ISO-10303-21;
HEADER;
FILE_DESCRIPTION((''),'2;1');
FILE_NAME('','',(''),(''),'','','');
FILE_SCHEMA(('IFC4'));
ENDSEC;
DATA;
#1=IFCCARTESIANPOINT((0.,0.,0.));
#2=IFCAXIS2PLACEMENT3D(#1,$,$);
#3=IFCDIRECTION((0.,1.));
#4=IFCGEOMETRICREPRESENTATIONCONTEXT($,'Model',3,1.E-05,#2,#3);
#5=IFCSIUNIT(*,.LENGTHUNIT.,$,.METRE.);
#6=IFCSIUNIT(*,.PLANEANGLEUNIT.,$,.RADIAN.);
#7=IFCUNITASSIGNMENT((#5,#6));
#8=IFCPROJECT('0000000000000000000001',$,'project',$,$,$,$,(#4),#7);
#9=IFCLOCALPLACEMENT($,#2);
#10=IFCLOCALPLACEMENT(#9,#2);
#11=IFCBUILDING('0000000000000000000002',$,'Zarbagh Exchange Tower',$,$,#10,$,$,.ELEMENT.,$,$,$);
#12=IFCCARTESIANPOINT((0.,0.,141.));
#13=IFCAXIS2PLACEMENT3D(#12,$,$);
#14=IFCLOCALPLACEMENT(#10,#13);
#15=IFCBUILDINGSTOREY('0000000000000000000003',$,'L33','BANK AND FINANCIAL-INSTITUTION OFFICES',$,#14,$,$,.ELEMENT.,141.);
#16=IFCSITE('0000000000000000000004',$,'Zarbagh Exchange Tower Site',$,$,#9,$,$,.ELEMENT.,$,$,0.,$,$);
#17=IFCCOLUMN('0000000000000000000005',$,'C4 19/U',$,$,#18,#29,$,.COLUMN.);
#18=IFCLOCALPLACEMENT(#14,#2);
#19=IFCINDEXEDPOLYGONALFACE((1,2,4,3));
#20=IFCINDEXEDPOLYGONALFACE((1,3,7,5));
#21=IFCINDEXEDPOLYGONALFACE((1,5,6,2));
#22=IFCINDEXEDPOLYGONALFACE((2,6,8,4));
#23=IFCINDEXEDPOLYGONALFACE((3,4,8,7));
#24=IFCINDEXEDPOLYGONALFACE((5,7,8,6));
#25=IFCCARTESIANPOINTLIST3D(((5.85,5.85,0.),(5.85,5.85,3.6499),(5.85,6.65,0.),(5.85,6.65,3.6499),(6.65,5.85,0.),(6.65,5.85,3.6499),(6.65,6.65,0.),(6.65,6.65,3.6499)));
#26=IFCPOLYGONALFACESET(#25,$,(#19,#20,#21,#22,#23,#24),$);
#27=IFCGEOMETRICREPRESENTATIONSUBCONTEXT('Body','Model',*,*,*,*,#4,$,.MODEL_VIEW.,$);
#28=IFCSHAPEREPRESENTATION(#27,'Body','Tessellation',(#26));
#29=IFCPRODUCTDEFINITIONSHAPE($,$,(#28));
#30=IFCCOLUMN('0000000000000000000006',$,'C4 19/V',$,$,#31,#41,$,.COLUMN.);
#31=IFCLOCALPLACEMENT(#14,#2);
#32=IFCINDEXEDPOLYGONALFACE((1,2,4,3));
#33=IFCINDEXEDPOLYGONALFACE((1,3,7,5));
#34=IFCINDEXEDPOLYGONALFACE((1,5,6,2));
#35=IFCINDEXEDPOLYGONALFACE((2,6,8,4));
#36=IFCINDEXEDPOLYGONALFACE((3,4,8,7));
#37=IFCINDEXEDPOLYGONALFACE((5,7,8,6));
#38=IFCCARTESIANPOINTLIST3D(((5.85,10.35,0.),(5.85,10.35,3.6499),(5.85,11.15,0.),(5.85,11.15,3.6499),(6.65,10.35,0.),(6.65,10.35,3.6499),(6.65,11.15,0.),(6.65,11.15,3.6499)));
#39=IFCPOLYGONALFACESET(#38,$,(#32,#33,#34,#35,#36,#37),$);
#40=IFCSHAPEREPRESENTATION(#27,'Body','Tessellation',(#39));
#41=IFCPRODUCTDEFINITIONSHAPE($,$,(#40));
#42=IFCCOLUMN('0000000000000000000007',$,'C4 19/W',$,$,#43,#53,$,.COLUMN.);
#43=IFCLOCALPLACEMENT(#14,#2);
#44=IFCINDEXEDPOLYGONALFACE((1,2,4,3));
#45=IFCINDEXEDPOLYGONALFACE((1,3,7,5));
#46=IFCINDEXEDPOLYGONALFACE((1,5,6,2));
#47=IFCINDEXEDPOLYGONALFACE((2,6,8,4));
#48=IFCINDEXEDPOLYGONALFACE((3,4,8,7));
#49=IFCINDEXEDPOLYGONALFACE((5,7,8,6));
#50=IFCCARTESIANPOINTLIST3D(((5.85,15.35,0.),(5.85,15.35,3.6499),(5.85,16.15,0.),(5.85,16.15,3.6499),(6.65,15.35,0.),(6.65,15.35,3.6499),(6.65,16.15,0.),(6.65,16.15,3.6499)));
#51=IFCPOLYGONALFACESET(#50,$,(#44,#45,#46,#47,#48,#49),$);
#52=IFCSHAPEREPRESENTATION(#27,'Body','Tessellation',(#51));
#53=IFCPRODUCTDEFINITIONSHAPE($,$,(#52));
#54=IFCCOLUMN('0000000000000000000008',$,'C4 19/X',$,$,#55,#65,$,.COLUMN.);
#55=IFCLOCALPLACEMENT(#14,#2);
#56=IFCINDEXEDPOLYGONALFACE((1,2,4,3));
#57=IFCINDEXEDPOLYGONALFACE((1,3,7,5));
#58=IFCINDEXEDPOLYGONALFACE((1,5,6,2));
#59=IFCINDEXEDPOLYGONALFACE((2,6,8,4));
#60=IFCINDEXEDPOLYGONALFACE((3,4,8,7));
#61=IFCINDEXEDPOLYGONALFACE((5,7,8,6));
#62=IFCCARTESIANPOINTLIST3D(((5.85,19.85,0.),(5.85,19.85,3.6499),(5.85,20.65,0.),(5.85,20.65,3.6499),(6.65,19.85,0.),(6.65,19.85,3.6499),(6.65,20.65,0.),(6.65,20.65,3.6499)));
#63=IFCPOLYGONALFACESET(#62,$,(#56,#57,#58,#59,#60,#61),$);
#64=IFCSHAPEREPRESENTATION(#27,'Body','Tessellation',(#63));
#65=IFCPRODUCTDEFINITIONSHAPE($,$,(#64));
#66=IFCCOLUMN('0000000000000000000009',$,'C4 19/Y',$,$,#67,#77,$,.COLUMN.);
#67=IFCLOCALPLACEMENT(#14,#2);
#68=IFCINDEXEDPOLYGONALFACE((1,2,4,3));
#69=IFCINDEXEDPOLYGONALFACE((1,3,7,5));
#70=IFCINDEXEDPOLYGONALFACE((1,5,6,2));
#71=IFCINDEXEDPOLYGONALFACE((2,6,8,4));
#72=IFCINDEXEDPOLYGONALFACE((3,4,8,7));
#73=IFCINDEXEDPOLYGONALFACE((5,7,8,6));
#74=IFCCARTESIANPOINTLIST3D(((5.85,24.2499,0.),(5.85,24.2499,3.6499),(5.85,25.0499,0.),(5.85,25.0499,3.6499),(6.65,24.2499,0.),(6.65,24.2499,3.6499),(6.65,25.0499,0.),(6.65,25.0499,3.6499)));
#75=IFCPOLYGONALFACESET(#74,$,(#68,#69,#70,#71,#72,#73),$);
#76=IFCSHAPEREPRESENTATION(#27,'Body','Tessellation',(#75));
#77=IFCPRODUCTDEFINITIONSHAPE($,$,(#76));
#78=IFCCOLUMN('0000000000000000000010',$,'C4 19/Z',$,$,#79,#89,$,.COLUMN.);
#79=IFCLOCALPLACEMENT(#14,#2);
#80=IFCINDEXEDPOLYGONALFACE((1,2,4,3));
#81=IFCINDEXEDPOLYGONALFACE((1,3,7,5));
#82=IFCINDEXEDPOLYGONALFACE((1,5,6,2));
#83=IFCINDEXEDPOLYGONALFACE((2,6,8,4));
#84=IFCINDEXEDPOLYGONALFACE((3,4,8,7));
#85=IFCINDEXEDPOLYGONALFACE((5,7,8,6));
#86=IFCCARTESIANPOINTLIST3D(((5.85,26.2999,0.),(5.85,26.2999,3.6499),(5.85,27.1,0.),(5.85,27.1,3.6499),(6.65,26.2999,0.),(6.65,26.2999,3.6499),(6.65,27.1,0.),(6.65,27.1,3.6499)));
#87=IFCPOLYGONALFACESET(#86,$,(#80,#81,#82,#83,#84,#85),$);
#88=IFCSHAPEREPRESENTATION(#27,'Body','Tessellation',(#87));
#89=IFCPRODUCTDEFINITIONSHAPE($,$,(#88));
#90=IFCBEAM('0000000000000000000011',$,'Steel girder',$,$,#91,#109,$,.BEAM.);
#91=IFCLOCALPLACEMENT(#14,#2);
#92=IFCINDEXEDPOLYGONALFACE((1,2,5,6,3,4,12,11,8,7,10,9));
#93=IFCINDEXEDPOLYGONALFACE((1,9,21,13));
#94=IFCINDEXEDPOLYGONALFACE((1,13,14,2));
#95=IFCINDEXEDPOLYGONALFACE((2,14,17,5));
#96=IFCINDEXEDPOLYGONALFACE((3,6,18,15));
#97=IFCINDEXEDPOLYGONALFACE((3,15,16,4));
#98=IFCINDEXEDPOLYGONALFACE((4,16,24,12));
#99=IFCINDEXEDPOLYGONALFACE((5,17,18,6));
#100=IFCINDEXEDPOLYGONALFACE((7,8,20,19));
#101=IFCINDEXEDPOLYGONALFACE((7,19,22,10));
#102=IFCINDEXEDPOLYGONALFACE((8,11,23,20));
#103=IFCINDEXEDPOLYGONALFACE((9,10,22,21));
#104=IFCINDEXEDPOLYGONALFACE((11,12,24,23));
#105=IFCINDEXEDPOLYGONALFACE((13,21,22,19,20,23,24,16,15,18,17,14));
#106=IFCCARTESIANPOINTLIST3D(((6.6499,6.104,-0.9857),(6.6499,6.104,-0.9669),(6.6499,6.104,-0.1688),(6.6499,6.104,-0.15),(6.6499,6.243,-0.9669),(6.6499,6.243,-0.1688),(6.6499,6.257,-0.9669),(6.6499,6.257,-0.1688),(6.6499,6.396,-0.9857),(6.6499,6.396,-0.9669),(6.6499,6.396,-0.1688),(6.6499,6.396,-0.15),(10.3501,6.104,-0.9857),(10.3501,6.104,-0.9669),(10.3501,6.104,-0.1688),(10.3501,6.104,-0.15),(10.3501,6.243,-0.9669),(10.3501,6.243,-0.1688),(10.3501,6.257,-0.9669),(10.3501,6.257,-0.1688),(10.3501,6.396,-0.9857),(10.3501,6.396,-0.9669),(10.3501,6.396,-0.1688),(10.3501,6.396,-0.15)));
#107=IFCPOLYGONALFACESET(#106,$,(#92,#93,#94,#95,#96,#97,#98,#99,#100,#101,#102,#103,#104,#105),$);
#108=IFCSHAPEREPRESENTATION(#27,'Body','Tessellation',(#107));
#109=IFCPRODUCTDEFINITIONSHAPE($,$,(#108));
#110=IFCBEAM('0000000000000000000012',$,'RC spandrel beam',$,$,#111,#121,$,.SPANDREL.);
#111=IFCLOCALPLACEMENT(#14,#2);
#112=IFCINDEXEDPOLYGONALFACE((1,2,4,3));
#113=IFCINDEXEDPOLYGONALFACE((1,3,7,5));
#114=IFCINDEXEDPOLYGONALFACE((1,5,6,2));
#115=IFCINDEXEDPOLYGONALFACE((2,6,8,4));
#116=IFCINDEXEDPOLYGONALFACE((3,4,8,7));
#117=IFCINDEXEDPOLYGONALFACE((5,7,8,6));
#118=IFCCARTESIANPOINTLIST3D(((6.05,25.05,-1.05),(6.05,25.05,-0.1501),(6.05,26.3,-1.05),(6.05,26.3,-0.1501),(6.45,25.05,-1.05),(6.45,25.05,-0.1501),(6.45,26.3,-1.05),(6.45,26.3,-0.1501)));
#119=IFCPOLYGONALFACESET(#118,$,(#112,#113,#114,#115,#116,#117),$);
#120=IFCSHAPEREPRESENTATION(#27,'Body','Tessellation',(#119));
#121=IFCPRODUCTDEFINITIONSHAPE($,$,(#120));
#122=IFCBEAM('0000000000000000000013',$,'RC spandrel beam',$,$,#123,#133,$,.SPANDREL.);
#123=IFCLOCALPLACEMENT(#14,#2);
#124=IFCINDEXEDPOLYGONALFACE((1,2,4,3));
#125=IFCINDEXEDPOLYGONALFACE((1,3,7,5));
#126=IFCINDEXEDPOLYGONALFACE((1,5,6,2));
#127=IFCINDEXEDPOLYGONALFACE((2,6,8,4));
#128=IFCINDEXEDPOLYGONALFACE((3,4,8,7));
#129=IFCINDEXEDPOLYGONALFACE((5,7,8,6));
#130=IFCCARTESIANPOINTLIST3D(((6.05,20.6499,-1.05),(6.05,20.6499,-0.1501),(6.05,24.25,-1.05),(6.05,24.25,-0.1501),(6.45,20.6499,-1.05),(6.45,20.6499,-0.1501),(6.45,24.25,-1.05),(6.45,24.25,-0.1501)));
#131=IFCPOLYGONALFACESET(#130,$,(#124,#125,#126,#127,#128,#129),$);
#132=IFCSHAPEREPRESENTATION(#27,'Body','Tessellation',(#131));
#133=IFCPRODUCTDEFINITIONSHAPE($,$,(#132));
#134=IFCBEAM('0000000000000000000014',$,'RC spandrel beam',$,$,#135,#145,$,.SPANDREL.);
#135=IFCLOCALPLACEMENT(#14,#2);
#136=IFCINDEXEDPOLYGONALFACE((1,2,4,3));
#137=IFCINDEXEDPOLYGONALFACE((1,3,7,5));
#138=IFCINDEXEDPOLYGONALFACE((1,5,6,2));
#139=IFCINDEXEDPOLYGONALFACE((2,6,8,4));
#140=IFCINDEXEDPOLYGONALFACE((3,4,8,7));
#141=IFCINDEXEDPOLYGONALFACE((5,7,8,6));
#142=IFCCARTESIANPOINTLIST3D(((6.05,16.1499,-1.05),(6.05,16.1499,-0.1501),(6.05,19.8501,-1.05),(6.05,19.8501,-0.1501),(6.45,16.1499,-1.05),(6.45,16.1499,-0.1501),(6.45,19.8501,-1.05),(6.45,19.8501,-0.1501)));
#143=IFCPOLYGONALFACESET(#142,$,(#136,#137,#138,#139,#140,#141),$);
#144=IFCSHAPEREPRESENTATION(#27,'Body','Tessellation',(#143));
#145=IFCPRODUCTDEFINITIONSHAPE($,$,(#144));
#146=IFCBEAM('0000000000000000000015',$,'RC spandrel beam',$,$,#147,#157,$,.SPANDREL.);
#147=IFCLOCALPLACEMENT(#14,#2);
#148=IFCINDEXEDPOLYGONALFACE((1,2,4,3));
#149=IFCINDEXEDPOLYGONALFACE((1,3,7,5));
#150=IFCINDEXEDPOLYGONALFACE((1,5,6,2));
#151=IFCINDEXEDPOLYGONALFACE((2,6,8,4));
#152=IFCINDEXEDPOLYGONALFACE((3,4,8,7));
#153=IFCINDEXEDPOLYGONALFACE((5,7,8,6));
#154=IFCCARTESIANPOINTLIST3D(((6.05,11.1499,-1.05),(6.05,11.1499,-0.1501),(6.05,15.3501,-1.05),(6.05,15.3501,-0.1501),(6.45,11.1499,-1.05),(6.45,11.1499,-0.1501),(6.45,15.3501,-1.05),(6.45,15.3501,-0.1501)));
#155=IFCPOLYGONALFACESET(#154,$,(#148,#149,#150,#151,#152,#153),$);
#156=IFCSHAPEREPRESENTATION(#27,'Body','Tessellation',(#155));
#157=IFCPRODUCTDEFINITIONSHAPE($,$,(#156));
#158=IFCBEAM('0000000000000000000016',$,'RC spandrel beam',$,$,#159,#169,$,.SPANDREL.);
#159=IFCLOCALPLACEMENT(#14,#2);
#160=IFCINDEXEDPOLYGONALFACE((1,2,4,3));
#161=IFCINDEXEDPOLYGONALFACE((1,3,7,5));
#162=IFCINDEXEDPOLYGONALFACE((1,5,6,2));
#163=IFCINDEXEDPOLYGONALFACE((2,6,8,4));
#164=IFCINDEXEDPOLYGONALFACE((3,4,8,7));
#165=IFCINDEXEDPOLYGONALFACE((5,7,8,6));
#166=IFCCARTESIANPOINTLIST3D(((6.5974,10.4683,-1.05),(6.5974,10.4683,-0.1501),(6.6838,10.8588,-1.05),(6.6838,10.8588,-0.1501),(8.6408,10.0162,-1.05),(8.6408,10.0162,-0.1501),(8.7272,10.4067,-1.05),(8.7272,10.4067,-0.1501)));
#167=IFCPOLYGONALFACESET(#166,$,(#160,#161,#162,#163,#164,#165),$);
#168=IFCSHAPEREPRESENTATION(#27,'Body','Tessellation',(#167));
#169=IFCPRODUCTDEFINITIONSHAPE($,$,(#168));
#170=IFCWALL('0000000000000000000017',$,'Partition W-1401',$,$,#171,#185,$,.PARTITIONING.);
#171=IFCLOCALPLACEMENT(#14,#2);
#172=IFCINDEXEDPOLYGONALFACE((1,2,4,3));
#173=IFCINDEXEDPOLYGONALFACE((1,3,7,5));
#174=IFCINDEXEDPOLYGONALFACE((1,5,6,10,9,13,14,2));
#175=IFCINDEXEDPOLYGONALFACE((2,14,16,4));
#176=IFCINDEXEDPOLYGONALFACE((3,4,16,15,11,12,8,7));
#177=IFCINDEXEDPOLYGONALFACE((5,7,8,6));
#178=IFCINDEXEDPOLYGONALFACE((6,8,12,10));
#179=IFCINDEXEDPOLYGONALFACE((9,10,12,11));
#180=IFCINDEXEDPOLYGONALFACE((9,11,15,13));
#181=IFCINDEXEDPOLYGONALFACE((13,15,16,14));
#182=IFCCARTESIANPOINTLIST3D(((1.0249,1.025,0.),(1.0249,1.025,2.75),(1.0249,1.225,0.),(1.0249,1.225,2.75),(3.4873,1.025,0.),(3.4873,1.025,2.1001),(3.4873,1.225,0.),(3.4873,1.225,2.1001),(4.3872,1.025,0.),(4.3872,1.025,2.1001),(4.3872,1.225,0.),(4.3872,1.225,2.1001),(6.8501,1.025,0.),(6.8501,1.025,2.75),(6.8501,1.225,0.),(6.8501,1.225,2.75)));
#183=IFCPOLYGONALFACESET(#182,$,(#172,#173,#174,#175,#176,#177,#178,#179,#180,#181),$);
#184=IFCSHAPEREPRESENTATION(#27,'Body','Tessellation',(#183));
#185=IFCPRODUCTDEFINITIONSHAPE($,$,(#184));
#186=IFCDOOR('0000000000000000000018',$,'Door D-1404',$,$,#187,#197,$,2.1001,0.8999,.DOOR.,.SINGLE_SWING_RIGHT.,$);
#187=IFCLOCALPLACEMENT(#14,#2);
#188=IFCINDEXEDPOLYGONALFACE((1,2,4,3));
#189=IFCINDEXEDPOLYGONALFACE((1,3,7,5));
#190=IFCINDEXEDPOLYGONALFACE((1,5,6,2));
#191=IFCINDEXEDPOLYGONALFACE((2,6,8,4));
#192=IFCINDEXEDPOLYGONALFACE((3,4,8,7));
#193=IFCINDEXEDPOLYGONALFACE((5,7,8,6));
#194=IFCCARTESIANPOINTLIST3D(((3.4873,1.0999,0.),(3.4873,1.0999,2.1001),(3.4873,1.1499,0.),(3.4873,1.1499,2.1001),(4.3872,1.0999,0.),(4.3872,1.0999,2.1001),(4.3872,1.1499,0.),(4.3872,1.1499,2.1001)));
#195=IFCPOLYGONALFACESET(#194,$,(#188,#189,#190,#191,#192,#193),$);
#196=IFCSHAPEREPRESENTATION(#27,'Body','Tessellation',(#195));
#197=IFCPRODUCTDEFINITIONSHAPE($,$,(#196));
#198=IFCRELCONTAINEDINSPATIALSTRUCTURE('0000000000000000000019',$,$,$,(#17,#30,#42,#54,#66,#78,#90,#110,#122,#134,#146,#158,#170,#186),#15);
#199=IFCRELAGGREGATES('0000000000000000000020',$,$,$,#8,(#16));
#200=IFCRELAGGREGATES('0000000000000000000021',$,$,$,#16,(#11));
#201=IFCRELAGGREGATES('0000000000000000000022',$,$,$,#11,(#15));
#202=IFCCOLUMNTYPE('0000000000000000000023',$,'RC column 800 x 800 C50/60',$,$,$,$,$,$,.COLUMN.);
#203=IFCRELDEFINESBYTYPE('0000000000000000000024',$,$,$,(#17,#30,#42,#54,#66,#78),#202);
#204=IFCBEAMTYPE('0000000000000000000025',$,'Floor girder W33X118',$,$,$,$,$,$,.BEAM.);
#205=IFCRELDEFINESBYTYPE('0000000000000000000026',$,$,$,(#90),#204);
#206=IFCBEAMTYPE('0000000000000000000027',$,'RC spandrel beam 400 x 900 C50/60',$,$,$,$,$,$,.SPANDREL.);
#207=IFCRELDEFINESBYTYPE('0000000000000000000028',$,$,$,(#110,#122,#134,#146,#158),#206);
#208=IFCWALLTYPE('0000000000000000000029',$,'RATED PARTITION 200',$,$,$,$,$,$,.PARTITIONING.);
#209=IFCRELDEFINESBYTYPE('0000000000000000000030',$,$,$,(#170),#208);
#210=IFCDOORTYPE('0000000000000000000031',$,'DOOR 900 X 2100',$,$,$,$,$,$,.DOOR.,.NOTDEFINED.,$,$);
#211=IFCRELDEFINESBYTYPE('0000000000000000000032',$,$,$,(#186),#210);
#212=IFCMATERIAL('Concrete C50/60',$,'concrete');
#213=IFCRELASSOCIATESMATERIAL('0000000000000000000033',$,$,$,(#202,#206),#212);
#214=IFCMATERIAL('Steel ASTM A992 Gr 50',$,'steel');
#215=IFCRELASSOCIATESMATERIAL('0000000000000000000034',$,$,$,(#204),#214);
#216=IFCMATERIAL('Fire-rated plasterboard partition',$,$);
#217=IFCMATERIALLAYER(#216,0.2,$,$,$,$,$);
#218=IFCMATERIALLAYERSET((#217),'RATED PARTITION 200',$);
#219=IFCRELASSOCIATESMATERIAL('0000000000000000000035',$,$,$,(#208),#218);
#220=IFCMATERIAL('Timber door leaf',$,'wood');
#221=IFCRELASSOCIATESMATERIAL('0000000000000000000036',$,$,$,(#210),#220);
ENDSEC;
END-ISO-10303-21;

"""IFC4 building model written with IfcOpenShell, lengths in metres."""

from ifc_helpers import new_model, si_unit, direction, frame, frame_2d, origin, origin_2d, place, context, subcontext, project, spatial, rectangle, i_section, extrude, material, layer, layer_set, material_profile, profile_set, type_object, element, fill, save


model = new_model("IFC4")

# Units and contexts
model_context = context("Model", 3, precision=1e-05, world=origin(), true_north=direction((0.0, 1.0)))
body_context = subcontext(model_context, "Body", "Model", "MODEL_VIEW")
ifc_project = project(units=[si_unit("LENGTHUNIT", "METRE"), si_unit("PLANEANGLEUNIT", "RADIAN")], contexts=[model_context])

# Site, building, storey
site_placement = place(None, origin())
site = spatial("IfcSite", under=ifc_project, at=site_placement, Name="Zarbagh Exchange Tower Site", CompositionType="ELEMENT", RefElevation=0.0)
building_placement = place(site_placement, origin())
building = spatial("IfcBuilding", under=site, at=building_placement, Name="Zarbagh Exchange Tower", CompositionType="ELEMENT")
storey_placement = place(building_placement, frame((0.0, 0.0, 141.0)))
storey = spatial("IfcBuildingStorey", under=building, at=storey_placement, Name="L33", Description="BANK AND FINANCIAL-INSTITUTION OFFICES", CompositionType="ELEMENT", Elevation=141.0)

# Columns
ifc_material_1 = material(Name="Concrete C50/60", Category="concrete")
ifc_material_profile_1 = material_profile(ifc_material_1, rectangle(XDim=0.8, YDim=0.8, at=origin_2d()), Name="RC column 800 x 800 C50/60")
ifc_profile_set_1 = profile_set([ifc_material_profile_1], Name="Concrete C50/60")
column_type = type_object("IfcColumnType", Name="RC column 800 x 800 C50/60", PredefinedType="COLUMN", material=ifc_profile_set_1)
for number, where, z_axis, x_axis, name in (
    (1, (6.25, 6.25, 0.0), (0.0, 0.0, 1.0), (1.0, 0.0, 0.0), "C4 19/U"),
    (2, (6.25, 10.75, 0.0), (0.0, 0.0, 1.0), (1.0, 0.0, 0.0), "C4 19/V"),
    (3, (6.25, 15.75, 0.0), (0.0, 0.0, 1.0), (1.0, 0.0, 0.0), "C4 19/W"),
    (4, (6.25, 20.25, 0.0), (0.0, 0.0, 1.0), (1.0, 0.0, 0.0), "C4 19/X"),
    (5, (6.25, 24.6499, 0.0), (0.0, 0.0, 1.0), (1.0, 0.0, 0.0), "C4 19/Y"),
    (6, (6.25, 26.7, 0.0), (0.0, 0.0, 1.0), (1.0, 0.0, 0.0), "C4 19/Z"),
):
    element("IfcColumn", number, at=place(storey_placement, frame(where, z_axis=z_axis, x_axis=x_axis)), inside=storey, type_object=column_type, Name=name, PredefinedType="COLUMN", context=body_context, shape_type="SweptSolid", body=[
        extrude(rectangle(XDim=0.8, YDim=0.8, at=origin_2d()), origin(), (0.0, 0.0, 1.0), 3.6499),
    ])

# Beams
ifc_material_2 = material(Name="Steel ASTM A992 Gr 50", Category="steel")
ifc_material_profile_2 = material_profile(ifc_material_2, i_section(OverallWidth=0.292, OverallDepth=0.8357, WebThickness=0.0139, FlangeThickness=0.0188, at=origin_2d()), Name="W33X118")
ifc_profile_set_2 = profile_set([ifc_material_profile_2], Name="Steel ASTM A992 Gr 50")
beam_type_1 = type_object("IfcBeamType", Name="Floor girder W33X118", PredefinedType="BEAM", material=ifc_profile_set_2)
beam_1_placement = place(storey_placement, frame((6.6499, 6.25, -0.5679), z_axis=(1.0, 0.0, 0.0), x_axis=(0.0, 1.0, 0.0)))
element("IfcBeam", 7, at=beam_1_placement, inside=storey, type_object=beam_type_1, Name="Steel girder", PredefinedType="BEAM", context=body_context, shape_type="SweptSolid", body=[
    extrude(i_section(OverallWidth=0.292, OverallDepth=0.8357, WebThickness=0.0139, FlangeThickness=0.0188, at=origin_2d()), origin(), (0.0, 0.0, 1.0), 3.7002),
])
ifc_material_profile_3 = material_profile(ifc_material_1, rectangle(XDim=0.3999, YDim=0.8999, at=origin_2d()), Name="RC spandrel beam 400 x 900 C50/60")
ifc_profile_set_3 = profile_set([ifc_material_profile_3], Name="Concrete C50/60")
beam_type_2 = type_object("IfcBeamType", Name="RC spandrel beam 400 x 900 C50/60", PredefinedType="SPANDREL", material=ifc_profile_set_3)
beam_2_placement = place(storey_placement, frame((6.25, 26.3, -0.6001), z_axis=(0.0, -1.0, 0.0), x_axis=(1.0, 0.0, 0.0)))
element("IfcBeam", 8, at=beam_2_placement, inside=storey, type_object=beam_type_2, Name="RC spandrel beam", PredefinedType="SPANDREL", context=body_context, shape_type="SweptSolid", body=[
    extrude(rectangle(XDim=0.3999, YDim=0.8999, at=origin_2d()), origin(), (0.0, 0.0, 1.0), 1.25),
])
beam_3_placement = place(storey_placement, frame((6.25, 24.25, -0.6001), z_axis=(0.0, -1.0, 0.0), x_axis=(1.0, 0.0, 0.0)))
element("IfcBeam", 9, at=beam_3_placement, inside=storey, type_object=beam_type_2, Name="RC spandrel beam", PredefinedType="SPANDREL", context=body_context, shape_type="SweptSolid", body=[
    extrude(rectangle(XDim=0.3999, YDim=0.8999, at=origin_2d()), origin(), (0.0, 0.0, 1.0), 3.6001),
])
beam_4_placement = place(storey_placement, frame((6.25, 19.8501, -0.6001), z_axis=(0.0, -1.0, 0.0), x_axis=(1.0, 0.0, 0.0)))
element("IfcBeam", 10, at=beam_4_placement, inside=storey, type_object=beam_type_2, Name="RC spandrel beam", PredefinedType="SPANDREL", context=body_context, shape_type="SweptSolid", body=[
    extrude(rectangle(XDim=0.3999, YDim=0.8999, at=origin_2d()), origin(), (0.0, 0.0, 1.0), 3.7002),
])
beam_5_placement = place(storey_placement, frame((6.25, 15.3501, -0.6001), z_axis=(0.0, -1.0, 0.0), x_axis=(1.0, 0.0, 0.0)))
element("IfcBeam", 11, at=beam_5_placement, inside=storey, type_object=beam_type_2, Name="RC spandrel beam", PredefinedType="SPANDREL", context=body_context, shape_type="SweptSolid", body=[
    extrude(rectangle(XDim=0.3999, YDim=0.8999, at=origin_2d()), origin(), (0.0, 0.0, 1.0), 4.2002),
])
beam_6_placement = place(storey_placement, frame((6.6406, 10.6636, -0.6001), z_axis=(0.976384, -0.216041, 0.0), x_axis=(0.216041, 0.976384, 0.0)))
element("IfcBeam", 12, at=beam_6_placement, inside=storey, type_object=beam_type_2, Name="RC spandrel beam", PredefinedType="SPANDREL", context=body_context, shape_type="SweptSolid", body=[
    extrude(rectangle(XDim=0.3999, YDim=0.8999, at=origin_2d()), origin(), (0.0, 0.0, 1.0), 2.0928),
])

# Wall, opening, door
ifc_material_3 = material(Name="Fire-rated plasterboard partition")
ifc_layer_1 = layer(ifc_material_3, 0.2)
ifc_layer_set_1 = layer_set([ifc_layer_1], Name="RATED PARTITION 200")
wall_type_1 = type_object("IfcWallType", Name="RATED PARTITION 200", PredefinedType="PARTITIONING", material=ifc_layer_set_1)
wall_1_placement = place(storey_placement, frame((1.0249, 1.125, 0.0), z_axis=(0.0, 0.0, 1.0), x_axis=(1.0, 0.0, 0.0)))
wall_1 = element("IfcWall", 13, at=wall_1_placement, inside=storey, type_object=wall_type_1, Name="Partition W-1401", PredefinedType="PARTITIONING", context=body_context, shape_type="SweptSolid", body=[
    extrude(rectangle(XDim=5.8252, YDim=0.2, at=frame_2d((2.9126, 0.0))), origin(), (0.0, 0.0, 1.0), 2.75),
])
opening_1_placement = place(wall_1_placement, frame((2.4624, 0.0, 0.0)))
opening_1 = element("IfcOpeningElement", 14, at=opening_1_placement, cuts=wall_1, PredefinedType="OPENING", context=body_context, shape_type="SweptSolid", body=[
    extrude(rectangle(XDim=0.8999, YDim=2.1001, at=frame_2d((0.45, 1.05))), frame((0.0, 0.1099, 0.0), z_axis=(0.0, -1.0, 0.0), x_axis=(1.0, 0.0, 0.0)), (0.0, 0.0, 1.0), 0.22),
])
ifc_material_4 = material(Name="Timber door leaf", Category="wood")
door_type_1 = type_object("IfcDoorType", Name="DOOR 900 X 2100", OperationType="NOTDEFINED", PredefinedType="DOOR", material=ifc_material_4)
door_1_placement = place(opening_1_placement, origin())
door_1 = element("IfcDoor", 15, at=door_1_placement, inside=storey, type_object=door_type_1, Name="Door D-1404", OperationType="SINGLE_SWING_RIGHT", OverallHeight=2.1001, OverallWidth=0.8999, PredefinedType="DOOR", context=body_context, shape_type="SweptSolid", body=[
    extrude(rectangle(XDim=0.8999, YDim=2.1001, at=frame_2d((0.45, 1.05))), frame((0.0, 0.0249, 0.0), z_axis=(0.0, -1.0, 0.0), x_axis=(1.0, 0.0, 0.0)), (0.0, 0.0, 1.0), 0.05),
])
fill(opening_1, door_1)

save(model, "model.ifc")
